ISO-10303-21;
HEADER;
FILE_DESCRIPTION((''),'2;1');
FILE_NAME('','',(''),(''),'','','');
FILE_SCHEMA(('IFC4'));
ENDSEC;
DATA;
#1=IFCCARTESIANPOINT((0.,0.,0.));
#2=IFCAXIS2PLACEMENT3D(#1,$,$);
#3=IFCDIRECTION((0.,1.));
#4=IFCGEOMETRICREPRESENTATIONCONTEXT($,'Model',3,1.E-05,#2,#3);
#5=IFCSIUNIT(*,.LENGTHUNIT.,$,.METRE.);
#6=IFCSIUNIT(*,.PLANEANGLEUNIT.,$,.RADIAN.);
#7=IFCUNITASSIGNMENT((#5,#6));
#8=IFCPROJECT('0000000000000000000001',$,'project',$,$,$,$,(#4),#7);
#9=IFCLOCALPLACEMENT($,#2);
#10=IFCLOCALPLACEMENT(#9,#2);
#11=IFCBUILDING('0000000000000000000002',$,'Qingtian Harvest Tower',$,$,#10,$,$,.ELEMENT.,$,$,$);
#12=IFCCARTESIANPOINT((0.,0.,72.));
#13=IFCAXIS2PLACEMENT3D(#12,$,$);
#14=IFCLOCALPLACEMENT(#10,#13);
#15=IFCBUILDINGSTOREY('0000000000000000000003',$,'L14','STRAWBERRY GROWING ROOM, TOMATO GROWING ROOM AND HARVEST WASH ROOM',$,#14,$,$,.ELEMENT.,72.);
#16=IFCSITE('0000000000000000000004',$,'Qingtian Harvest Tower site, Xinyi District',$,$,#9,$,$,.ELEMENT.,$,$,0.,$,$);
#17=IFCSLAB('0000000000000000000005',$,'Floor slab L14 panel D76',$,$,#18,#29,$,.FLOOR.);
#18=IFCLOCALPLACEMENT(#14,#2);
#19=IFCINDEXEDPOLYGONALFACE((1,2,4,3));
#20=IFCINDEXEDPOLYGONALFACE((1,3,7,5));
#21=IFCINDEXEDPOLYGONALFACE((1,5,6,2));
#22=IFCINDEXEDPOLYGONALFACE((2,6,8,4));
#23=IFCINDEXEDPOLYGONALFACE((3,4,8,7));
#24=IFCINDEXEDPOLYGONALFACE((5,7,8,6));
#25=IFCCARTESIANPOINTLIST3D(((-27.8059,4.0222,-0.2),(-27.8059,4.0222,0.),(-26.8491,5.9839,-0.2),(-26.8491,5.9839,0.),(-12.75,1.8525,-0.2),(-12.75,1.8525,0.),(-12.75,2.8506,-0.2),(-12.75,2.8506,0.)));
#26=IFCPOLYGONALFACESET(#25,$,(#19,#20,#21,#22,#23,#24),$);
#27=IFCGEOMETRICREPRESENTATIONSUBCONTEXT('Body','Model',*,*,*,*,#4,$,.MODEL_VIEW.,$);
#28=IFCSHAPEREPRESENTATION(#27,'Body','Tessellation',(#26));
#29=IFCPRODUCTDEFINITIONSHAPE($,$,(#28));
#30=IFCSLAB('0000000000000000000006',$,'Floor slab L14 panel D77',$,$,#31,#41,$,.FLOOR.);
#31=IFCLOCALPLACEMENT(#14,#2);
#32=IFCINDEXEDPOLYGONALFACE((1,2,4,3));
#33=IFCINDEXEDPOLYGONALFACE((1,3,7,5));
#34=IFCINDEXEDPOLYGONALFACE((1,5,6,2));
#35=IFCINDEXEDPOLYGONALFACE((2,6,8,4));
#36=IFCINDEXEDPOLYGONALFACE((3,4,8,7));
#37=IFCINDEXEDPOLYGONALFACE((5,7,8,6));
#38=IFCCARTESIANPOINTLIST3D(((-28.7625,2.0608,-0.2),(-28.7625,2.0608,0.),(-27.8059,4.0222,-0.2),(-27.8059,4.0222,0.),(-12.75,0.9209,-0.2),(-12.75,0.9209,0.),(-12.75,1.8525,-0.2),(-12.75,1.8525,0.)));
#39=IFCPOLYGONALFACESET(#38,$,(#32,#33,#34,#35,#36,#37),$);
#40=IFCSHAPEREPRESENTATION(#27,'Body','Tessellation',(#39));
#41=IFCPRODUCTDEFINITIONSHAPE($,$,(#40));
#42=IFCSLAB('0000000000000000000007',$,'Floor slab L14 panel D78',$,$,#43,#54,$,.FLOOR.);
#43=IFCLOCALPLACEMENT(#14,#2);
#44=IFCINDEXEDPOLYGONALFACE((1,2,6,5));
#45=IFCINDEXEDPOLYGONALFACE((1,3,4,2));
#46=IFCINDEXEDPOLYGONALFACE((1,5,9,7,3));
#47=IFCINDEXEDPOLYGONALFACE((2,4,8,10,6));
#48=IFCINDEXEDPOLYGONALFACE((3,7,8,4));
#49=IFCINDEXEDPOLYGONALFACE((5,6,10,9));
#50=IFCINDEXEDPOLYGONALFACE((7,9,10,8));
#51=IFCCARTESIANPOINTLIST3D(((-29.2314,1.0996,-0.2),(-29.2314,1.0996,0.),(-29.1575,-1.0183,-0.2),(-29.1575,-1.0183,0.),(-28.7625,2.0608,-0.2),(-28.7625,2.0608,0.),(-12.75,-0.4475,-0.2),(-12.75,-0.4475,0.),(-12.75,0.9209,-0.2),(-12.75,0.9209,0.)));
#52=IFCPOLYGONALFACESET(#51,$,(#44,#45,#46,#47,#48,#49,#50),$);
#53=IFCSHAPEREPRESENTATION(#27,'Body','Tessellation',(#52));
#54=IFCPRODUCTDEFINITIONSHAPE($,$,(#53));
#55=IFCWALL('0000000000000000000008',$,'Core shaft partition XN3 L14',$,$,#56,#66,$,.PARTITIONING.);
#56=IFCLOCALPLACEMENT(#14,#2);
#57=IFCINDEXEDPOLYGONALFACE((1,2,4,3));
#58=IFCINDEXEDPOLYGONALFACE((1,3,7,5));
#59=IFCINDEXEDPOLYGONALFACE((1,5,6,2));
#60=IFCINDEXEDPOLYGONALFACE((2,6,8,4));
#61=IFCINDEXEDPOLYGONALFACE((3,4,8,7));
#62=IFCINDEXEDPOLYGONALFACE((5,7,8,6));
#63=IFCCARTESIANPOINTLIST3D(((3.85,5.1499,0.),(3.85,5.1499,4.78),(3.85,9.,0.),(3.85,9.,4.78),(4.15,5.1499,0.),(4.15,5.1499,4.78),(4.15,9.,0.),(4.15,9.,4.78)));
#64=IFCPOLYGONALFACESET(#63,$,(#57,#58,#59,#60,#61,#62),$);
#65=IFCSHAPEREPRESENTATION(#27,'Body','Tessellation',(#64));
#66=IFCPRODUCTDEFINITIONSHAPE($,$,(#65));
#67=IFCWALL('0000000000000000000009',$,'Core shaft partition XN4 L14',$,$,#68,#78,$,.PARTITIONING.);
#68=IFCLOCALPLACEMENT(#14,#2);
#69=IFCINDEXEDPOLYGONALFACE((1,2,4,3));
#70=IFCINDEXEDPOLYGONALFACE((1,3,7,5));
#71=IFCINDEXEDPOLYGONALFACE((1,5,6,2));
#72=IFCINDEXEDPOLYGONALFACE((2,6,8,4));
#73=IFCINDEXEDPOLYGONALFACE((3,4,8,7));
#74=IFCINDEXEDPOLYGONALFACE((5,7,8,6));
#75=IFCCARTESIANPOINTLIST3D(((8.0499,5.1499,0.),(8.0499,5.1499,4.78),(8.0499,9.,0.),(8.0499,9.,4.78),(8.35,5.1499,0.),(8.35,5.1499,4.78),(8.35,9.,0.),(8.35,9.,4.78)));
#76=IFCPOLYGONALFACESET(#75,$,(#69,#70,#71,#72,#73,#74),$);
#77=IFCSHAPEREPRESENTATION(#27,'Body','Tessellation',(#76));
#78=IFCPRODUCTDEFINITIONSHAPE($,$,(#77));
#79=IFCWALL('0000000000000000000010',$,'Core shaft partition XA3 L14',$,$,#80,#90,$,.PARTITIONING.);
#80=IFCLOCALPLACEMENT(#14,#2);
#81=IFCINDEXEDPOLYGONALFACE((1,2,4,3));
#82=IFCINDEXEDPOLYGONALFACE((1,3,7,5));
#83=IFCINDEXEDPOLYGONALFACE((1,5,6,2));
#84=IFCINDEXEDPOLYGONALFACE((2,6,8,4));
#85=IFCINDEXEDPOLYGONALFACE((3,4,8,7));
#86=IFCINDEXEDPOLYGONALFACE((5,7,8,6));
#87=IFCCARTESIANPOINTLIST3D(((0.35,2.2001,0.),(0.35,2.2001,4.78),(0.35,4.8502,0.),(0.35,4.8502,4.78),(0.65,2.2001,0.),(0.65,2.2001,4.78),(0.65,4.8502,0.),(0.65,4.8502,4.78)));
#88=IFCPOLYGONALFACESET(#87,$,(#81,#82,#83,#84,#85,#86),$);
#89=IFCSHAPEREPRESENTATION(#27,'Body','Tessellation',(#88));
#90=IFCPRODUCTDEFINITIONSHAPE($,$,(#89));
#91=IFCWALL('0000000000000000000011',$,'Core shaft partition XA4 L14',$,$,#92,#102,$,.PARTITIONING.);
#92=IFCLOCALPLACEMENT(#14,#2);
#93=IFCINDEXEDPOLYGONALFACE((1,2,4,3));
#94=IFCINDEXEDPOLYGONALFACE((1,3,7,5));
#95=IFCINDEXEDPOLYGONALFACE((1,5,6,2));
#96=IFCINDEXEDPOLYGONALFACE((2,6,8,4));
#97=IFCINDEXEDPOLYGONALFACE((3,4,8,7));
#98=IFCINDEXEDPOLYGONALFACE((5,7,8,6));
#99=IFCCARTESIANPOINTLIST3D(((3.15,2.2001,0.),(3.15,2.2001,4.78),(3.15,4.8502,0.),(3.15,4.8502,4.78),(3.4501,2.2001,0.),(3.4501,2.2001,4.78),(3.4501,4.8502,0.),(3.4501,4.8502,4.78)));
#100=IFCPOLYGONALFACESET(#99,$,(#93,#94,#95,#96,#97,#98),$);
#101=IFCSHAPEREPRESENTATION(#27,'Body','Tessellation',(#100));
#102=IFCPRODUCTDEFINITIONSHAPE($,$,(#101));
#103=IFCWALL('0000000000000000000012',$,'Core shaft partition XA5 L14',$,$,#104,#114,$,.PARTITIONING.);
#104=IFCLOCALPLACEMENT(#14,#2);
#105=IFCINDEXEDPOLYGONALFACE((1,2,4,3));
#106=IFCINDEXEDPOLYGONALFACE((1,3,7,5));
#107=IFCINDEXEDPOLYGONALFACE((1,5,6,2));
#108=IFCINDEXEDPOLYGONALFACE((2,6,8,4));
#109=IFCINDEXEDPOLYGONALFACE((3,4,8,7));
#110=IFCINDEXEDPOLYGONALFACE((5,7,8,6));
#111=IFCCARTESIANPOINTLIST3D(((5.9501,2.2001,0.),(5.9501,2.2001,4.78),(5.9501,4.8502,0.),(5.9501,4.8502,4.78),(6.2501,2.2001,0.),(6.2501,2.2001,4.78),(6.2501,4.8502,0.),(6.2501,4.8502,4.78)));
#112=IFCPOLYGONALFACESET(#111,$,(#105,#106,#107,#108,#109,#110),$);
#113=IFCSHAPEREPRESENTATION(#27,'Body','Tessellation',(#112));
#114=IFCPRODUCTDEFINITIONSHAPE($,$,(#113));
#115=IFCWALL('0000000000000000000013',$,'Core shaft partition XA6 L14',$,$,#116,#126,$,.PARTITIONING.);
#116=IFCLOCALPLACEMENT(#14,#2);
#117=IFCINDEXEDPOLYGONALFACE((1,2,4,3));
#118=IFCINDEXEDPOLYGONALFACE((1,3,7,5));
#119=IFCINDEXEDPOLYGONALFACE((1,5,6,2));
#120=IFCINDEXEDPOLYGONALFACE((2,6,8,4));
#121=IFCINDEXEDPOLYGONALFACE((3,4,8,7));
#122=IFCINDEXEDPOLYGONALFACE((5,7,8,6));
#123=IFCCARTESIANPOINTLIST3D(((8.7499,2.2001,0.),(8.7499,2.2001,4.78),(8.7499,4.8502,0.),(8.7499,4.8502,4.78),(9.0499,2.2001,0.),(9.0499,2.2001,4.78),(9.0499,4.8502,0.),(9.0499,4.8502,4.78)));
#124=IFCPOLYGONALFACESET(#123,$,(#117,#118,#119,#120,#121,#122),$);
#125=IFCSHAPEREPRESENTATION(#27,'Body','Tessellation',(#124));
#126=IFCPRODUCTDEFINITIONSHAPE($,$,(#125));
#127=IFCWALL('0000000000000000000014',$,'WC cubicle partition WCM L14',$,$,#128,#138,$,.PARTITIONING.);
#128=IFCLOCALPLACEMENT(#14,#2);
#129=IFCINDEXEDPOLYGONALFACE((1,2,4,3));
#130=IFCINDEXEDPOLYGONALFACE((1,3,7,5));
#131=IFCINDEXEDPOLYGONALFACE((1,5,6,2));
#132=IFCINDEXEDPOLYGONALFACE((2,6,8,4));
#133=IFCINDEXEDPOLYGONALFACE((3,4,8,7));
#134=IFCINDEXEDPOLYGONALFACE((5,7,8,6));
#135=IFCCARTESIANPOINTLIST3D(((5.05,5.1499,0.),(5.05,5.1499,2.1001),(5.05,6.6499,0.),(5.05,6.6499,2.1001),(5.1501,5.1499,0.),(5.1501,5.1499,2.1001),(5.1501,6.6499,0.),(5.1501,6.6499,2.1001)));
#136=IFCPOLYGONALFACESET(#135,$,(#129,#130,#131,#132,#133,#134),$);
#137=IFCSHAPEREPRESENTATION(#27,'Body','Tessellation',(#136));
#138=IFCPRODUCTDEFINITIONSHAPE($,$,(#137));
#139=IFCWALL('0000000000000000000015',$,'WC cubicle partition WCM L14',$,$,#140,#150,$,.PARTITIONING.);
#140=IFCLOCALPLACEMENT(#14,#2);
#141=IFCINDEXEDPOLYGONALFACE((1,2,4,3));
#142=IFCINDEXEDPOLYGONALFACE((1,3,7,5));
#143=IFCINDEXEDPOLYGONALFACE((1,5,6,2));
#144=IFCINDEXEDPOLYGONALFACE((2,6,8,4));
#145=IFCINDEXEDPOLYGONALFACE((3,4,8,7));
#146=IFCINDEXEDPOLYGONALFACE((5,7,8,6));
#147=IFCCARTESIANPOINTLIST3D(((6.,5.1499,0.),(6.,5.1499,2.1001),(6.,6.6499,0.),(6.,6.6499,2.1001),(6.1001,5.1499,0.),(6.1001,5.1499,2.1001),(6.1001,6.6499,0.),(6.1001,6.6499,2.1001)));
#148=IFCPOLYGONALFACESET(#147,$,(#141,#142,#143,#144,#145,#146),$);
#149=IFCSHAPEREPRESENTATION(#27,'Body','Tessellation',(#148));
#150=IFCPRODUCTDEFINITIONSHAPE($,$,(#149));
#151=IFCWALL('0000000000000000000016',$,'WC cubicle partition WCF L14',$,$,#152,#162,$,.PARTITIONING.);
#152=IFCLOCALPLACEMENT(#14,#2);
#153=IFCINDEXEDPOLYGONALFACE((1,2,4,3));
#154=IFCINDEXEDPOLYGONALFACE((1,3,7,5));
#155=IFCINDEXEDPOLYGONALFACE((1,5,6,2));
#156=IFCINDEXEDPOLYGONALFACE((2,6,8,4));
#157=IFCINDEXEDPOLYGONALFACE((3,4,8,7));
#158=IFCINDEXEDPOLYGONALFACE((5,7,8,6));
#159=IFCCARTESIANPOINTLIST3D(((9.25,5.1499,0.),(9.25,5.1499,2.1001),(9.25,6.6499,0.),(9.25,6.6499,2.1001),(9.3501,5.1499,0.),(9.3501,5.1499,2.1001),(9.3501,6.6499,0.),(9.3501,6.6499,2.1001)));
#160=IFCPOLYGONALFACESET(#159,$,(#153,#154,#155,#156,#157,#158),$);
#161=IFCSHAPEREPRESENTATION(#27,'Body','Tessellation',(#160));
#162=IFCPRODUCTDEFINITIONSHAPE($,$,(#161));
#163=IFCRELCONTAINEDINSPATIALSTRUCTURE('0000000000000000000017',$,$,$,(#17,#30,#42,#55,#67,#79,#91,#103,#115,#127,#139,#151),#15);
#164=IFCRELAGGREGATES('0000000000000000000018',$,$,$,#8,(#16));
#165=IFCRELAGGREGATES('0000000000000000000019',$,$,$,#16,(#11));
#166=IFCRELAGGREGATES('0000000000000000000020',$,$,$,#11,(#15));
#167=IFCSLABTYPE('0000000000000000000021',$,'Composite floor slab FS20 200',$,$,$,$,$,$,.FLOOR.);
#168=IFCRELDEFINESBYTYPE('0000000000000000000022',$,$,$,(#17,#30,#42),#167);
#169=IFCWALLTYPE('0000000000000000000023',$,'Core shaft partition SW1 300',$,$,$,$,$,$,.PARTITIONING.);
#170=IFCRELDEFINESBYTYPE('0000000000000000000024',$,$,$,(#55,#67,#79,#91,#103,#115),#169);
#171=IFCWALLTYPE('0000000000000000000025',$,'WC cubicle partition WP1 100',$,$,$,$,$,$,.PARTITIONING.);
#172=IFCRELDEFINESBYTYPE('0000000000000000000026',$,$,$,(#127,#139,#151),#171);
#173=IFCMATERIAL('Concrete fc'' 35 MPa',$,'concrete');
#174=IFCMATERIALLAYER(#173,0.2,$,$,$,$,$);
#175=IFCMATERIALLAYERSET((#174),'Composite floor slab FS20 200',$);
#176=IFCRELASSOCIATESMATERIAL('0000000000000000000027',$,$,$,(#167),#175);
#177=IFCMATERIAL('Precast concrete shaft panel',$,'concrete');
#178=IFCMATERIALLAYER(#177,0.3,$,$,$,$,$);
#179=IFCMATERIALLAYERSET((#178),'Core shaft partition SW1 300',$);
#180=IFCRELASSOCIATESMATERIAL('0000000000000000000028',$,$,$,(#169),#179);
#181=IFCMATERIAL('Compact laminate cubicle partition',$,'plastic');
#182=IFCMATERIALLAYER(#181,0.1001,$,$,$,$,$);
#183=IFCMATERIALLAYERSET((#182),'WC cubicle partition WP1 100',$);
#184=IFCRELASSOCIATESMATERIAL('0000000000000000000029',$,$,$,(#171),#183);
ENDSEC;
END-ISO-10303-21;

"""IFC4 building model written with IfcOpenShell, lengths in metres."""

from ifc_helpers import new_model, si_unit, direction, frame, frame_2d, origin, place, context, subcontext, project, spatial, polyline, rectangle, outline, extrude, material, layer, layer_set, type_object, element, save


model = new_model("IFC4")

# Units and contexts
model_context = context("Model", 3, precision=1e-05, world=origin(), true_north=direction((0.0, 1.0)))
body_context = subcontext(model_context, "Body", "Model", "MODEL_VIEW")
ifc_project = project(units=[si_unit("LENGTHUNIT", "METRE"), si_unit("PLANEANGLEUNIT", "RADIAN")], contexts=[model_context])

# Site, building, storey
site_placement = place(None, origin())
site = spatial("IfcSite", under=ifc_project, at=site_placement, Name="Qingtian Harvest Tower site, Xinyi District", CompositionType="ELEMENT", RefElevation=0.0)
building_placement = place(site_placement, origin())
building = spatial("IfcBuilding", under=site, at=building_placement, Name="Qingtian Harvest Tower", CompositionType="ELEMENT")
storey_placement = place(building_placement, frame((0.0, 0.0, 72.0)))
storey = spatial("IfcBuildingStorey", under=building, at=storey_placement, Name="L14", Description="STRAWBERRY GROWING ROOM, TOMATO GROWING ROOM AND HARVEST WASH ROOM", CompositionType="ELEMENT", Elevation=72.0)

# Slabs
ifc_material_1 = material(Name="Concrete fc' 35 MPa", Category="concrete")
ifc_layer_1 = layer(ifc_material_1, 0.2)
ifc_layer_set_1 = layer_set([ifc_layer_1], Name="Composite floor slab FS20 200")
slab_type = type_object("IfcSlabType", Name="Composite floor slab FS20 200", PredefinedType="FLOOR", material=ifc_layer_set_1)
slab_1_placement = place(storey_placement, frame((0.0, 0.0, -0.2)))
element("IfcSlab", 1, at=slab_1_placement, inside=storey, type_object=slab_type, Name="Floor slab L14 panel D76", PredefinedType="FLOOR", context=body_context, shape_type="SweptSolid", body=[
    extrude(outline(polyline([(-12.75, 1.8525), (-27.8059, 4.0222), (-26.8491, 5.9839), (-12.75, 2.8506), (-12.75, 1.8525)])), origin(), (0.0, 0.0, 1.0), 0.2),
])
slab_2_placement = place(storey_placement, frame((0.0, 0.0, -0.2)))
element("IfcSlab", 2, at=slab_2_placement, inside=storey, type_object=slab_type, Name="Floor slab L14 panel D77", PredefinedType="FLOOR", context=body_context, shape_type="SweptSolid", body=[
    extrude(outline(polyline([(-12.75, 0.9209), (-28.7625, 2.0608), (-27.8059, 4.0222), (-12.75, 1.8525), (-12.75, 0.9209)])), origin(), (0.0, 0.0, 1.0), 0.2),
])
slab_3_placement = place(storey_placement, frame((0.0, 0.0, -0.2)))
element("IfcSlab", 3, at=slab_3_placement, inside=storey, type_object=slab_type, Name="Floor slab L14 panel D78", PredefinedType="FLOOR", context=body_context, shape_type="SweptSolid", body=[
    extrude(outline(polyline([(-12.75, 0.9209), (-12.75, -0.4475), (-29.1575, -1.0183), (-29.2314, 1.0996), (-28.7625, 2.0608), (-12.75, 0.9209)])), origin(), (0.0, 0.0, 1.0), 0.2),
])

# Shared definitions
ifc_material_2 = material(Name="Precast concrete shaft panel", Category="concrete")
ifc_layer_2 = layer(ifc_material_2, 0.3)
ifc_layer_set_2 = layer_set([ifc_layer_2], Name="Core shaft partition SW1 300")
wall_type_1 = type_object("IfcWallType", Name="Core shaft partition SW1 300", PredefinedType="PARTITIONING", material=ifc_layer_set_2)

# Walls
for number, where, z_axis, x_axis, name in (
    (4, (4.0, 5.1499, 0.0), (0.0, 0.0, 1.0), (0.0, 1.0, 0.0), "Core shaft partition XN3 L14"),
    (5, (8.2, 5.1499, 0.0), (0.0, 0.0, 1.0), (0.0, 1.0, 0.0), "Core shaft partition XN4 L14"),
):
    element("IfcWall", number, at=place(storey_placement, frame(where, z_axis=z_axis, x_axis=x_axis)), inside=storey, type_object=wall_type_1, Name=name, PredefinedType="PARTITIONING", context=body_context, shape_type="SweptSolid", body=[
        extrude(rectangle(XDim=3.8501, YDim=0.3, at=frame_2d((1.925, 0.0))), origin(), (0.0, 0.0, 1.0), 4.78),
    ])
for number, where, z_axis, x_axis, name in (
    (6, (0.5, 2.2, 0.0), (0.0, 0.0, 1.0), (0.0, 1.0, 0.0), "Core shaft partition XA3 L14"),
    (7, (3.3, 2.2, 0.0), (0.0, 0.0, 1.0), (0.0, 1.0, 0.0), "Core shaft partition XA4 L14"),
    (8, (6.1001, 2.2, 0.0), (0.0, 0.0, 1.0), (0.0, 1.0, 0.0), "Core shaft partition XA5 L14"),
    (9, (8.8999, 2.2, 0.0), (0.0, 0.0, 1.0), (0.0, 1.0, 0.0), "Core shaft partition XA6 L14"),
):
    element("IfcWall", number, at=place(storey_placement, frame(where, z_axis=z_axis, x_axis=x_axis)), inside=storey, type_object=wall_type_1, Name=name, PredefinedType="PARTITIONING", context=body_context, shape_type="SweptSolid", body=[
        extrude(rectangle(XDim=2.6501, YDim=0.3, at=frame_2d((1.3252, 0.0))), origin(), (0.0, 0.0, 1.0), 4.78),
    ])

# Walls
ifc_material_3 = material(Name="Compact laminate cubicle partition", Category="plastic")
ifc_layer_3 = layer(ifc_material_3, 0.1001)
ifc_layer_set_3 = layer_set([ifc_layer_3], Name="WC cubicle partition WP1 100")
wall_type_2 = type_object("IfcWallType", Name="WC cubicle partition WP1 100", PredefinedType="PARTITIONING", material=ifc_layer_set_3)
for number, where, z_axis, x_axis, name in (
    (10, (5.1001, 5.1499, 0.0), (0.0, 0.0, 1.0), (0.0, 1.0, 0.0), "WC cubicle partition WCM L14"),
    (11, (6.05, 5.1499, 0.0), (0.0, 0.0, 1.0), (0.0, 1.0, 0.0), "WC cubicle partition WCM L14"),
    (12, (9.3, 5.1499, 0.0), (0.0, 0.0, 1.0), (0.0, 1.0, 0.0), "WC cubicle partition WCF L14"),
):
    element("IfcWall", number, at=place(storey_placement, frame(where, z_axis=z_axis, x_axis=x_axis)), inside=storey, type_object=wall_type_2, Name=name, PredefinedType="PARTITIONING", context=body_context, shape_type="SweptSolid", body=[
        extrude(rectangle(XDim=1.5, YDim=0.1001, at=frame_2d((0.75, 0.0))), origin(), (0.0, 0.0, 1.0), 2.1001),
    ])

save(model, "model.ifc")
